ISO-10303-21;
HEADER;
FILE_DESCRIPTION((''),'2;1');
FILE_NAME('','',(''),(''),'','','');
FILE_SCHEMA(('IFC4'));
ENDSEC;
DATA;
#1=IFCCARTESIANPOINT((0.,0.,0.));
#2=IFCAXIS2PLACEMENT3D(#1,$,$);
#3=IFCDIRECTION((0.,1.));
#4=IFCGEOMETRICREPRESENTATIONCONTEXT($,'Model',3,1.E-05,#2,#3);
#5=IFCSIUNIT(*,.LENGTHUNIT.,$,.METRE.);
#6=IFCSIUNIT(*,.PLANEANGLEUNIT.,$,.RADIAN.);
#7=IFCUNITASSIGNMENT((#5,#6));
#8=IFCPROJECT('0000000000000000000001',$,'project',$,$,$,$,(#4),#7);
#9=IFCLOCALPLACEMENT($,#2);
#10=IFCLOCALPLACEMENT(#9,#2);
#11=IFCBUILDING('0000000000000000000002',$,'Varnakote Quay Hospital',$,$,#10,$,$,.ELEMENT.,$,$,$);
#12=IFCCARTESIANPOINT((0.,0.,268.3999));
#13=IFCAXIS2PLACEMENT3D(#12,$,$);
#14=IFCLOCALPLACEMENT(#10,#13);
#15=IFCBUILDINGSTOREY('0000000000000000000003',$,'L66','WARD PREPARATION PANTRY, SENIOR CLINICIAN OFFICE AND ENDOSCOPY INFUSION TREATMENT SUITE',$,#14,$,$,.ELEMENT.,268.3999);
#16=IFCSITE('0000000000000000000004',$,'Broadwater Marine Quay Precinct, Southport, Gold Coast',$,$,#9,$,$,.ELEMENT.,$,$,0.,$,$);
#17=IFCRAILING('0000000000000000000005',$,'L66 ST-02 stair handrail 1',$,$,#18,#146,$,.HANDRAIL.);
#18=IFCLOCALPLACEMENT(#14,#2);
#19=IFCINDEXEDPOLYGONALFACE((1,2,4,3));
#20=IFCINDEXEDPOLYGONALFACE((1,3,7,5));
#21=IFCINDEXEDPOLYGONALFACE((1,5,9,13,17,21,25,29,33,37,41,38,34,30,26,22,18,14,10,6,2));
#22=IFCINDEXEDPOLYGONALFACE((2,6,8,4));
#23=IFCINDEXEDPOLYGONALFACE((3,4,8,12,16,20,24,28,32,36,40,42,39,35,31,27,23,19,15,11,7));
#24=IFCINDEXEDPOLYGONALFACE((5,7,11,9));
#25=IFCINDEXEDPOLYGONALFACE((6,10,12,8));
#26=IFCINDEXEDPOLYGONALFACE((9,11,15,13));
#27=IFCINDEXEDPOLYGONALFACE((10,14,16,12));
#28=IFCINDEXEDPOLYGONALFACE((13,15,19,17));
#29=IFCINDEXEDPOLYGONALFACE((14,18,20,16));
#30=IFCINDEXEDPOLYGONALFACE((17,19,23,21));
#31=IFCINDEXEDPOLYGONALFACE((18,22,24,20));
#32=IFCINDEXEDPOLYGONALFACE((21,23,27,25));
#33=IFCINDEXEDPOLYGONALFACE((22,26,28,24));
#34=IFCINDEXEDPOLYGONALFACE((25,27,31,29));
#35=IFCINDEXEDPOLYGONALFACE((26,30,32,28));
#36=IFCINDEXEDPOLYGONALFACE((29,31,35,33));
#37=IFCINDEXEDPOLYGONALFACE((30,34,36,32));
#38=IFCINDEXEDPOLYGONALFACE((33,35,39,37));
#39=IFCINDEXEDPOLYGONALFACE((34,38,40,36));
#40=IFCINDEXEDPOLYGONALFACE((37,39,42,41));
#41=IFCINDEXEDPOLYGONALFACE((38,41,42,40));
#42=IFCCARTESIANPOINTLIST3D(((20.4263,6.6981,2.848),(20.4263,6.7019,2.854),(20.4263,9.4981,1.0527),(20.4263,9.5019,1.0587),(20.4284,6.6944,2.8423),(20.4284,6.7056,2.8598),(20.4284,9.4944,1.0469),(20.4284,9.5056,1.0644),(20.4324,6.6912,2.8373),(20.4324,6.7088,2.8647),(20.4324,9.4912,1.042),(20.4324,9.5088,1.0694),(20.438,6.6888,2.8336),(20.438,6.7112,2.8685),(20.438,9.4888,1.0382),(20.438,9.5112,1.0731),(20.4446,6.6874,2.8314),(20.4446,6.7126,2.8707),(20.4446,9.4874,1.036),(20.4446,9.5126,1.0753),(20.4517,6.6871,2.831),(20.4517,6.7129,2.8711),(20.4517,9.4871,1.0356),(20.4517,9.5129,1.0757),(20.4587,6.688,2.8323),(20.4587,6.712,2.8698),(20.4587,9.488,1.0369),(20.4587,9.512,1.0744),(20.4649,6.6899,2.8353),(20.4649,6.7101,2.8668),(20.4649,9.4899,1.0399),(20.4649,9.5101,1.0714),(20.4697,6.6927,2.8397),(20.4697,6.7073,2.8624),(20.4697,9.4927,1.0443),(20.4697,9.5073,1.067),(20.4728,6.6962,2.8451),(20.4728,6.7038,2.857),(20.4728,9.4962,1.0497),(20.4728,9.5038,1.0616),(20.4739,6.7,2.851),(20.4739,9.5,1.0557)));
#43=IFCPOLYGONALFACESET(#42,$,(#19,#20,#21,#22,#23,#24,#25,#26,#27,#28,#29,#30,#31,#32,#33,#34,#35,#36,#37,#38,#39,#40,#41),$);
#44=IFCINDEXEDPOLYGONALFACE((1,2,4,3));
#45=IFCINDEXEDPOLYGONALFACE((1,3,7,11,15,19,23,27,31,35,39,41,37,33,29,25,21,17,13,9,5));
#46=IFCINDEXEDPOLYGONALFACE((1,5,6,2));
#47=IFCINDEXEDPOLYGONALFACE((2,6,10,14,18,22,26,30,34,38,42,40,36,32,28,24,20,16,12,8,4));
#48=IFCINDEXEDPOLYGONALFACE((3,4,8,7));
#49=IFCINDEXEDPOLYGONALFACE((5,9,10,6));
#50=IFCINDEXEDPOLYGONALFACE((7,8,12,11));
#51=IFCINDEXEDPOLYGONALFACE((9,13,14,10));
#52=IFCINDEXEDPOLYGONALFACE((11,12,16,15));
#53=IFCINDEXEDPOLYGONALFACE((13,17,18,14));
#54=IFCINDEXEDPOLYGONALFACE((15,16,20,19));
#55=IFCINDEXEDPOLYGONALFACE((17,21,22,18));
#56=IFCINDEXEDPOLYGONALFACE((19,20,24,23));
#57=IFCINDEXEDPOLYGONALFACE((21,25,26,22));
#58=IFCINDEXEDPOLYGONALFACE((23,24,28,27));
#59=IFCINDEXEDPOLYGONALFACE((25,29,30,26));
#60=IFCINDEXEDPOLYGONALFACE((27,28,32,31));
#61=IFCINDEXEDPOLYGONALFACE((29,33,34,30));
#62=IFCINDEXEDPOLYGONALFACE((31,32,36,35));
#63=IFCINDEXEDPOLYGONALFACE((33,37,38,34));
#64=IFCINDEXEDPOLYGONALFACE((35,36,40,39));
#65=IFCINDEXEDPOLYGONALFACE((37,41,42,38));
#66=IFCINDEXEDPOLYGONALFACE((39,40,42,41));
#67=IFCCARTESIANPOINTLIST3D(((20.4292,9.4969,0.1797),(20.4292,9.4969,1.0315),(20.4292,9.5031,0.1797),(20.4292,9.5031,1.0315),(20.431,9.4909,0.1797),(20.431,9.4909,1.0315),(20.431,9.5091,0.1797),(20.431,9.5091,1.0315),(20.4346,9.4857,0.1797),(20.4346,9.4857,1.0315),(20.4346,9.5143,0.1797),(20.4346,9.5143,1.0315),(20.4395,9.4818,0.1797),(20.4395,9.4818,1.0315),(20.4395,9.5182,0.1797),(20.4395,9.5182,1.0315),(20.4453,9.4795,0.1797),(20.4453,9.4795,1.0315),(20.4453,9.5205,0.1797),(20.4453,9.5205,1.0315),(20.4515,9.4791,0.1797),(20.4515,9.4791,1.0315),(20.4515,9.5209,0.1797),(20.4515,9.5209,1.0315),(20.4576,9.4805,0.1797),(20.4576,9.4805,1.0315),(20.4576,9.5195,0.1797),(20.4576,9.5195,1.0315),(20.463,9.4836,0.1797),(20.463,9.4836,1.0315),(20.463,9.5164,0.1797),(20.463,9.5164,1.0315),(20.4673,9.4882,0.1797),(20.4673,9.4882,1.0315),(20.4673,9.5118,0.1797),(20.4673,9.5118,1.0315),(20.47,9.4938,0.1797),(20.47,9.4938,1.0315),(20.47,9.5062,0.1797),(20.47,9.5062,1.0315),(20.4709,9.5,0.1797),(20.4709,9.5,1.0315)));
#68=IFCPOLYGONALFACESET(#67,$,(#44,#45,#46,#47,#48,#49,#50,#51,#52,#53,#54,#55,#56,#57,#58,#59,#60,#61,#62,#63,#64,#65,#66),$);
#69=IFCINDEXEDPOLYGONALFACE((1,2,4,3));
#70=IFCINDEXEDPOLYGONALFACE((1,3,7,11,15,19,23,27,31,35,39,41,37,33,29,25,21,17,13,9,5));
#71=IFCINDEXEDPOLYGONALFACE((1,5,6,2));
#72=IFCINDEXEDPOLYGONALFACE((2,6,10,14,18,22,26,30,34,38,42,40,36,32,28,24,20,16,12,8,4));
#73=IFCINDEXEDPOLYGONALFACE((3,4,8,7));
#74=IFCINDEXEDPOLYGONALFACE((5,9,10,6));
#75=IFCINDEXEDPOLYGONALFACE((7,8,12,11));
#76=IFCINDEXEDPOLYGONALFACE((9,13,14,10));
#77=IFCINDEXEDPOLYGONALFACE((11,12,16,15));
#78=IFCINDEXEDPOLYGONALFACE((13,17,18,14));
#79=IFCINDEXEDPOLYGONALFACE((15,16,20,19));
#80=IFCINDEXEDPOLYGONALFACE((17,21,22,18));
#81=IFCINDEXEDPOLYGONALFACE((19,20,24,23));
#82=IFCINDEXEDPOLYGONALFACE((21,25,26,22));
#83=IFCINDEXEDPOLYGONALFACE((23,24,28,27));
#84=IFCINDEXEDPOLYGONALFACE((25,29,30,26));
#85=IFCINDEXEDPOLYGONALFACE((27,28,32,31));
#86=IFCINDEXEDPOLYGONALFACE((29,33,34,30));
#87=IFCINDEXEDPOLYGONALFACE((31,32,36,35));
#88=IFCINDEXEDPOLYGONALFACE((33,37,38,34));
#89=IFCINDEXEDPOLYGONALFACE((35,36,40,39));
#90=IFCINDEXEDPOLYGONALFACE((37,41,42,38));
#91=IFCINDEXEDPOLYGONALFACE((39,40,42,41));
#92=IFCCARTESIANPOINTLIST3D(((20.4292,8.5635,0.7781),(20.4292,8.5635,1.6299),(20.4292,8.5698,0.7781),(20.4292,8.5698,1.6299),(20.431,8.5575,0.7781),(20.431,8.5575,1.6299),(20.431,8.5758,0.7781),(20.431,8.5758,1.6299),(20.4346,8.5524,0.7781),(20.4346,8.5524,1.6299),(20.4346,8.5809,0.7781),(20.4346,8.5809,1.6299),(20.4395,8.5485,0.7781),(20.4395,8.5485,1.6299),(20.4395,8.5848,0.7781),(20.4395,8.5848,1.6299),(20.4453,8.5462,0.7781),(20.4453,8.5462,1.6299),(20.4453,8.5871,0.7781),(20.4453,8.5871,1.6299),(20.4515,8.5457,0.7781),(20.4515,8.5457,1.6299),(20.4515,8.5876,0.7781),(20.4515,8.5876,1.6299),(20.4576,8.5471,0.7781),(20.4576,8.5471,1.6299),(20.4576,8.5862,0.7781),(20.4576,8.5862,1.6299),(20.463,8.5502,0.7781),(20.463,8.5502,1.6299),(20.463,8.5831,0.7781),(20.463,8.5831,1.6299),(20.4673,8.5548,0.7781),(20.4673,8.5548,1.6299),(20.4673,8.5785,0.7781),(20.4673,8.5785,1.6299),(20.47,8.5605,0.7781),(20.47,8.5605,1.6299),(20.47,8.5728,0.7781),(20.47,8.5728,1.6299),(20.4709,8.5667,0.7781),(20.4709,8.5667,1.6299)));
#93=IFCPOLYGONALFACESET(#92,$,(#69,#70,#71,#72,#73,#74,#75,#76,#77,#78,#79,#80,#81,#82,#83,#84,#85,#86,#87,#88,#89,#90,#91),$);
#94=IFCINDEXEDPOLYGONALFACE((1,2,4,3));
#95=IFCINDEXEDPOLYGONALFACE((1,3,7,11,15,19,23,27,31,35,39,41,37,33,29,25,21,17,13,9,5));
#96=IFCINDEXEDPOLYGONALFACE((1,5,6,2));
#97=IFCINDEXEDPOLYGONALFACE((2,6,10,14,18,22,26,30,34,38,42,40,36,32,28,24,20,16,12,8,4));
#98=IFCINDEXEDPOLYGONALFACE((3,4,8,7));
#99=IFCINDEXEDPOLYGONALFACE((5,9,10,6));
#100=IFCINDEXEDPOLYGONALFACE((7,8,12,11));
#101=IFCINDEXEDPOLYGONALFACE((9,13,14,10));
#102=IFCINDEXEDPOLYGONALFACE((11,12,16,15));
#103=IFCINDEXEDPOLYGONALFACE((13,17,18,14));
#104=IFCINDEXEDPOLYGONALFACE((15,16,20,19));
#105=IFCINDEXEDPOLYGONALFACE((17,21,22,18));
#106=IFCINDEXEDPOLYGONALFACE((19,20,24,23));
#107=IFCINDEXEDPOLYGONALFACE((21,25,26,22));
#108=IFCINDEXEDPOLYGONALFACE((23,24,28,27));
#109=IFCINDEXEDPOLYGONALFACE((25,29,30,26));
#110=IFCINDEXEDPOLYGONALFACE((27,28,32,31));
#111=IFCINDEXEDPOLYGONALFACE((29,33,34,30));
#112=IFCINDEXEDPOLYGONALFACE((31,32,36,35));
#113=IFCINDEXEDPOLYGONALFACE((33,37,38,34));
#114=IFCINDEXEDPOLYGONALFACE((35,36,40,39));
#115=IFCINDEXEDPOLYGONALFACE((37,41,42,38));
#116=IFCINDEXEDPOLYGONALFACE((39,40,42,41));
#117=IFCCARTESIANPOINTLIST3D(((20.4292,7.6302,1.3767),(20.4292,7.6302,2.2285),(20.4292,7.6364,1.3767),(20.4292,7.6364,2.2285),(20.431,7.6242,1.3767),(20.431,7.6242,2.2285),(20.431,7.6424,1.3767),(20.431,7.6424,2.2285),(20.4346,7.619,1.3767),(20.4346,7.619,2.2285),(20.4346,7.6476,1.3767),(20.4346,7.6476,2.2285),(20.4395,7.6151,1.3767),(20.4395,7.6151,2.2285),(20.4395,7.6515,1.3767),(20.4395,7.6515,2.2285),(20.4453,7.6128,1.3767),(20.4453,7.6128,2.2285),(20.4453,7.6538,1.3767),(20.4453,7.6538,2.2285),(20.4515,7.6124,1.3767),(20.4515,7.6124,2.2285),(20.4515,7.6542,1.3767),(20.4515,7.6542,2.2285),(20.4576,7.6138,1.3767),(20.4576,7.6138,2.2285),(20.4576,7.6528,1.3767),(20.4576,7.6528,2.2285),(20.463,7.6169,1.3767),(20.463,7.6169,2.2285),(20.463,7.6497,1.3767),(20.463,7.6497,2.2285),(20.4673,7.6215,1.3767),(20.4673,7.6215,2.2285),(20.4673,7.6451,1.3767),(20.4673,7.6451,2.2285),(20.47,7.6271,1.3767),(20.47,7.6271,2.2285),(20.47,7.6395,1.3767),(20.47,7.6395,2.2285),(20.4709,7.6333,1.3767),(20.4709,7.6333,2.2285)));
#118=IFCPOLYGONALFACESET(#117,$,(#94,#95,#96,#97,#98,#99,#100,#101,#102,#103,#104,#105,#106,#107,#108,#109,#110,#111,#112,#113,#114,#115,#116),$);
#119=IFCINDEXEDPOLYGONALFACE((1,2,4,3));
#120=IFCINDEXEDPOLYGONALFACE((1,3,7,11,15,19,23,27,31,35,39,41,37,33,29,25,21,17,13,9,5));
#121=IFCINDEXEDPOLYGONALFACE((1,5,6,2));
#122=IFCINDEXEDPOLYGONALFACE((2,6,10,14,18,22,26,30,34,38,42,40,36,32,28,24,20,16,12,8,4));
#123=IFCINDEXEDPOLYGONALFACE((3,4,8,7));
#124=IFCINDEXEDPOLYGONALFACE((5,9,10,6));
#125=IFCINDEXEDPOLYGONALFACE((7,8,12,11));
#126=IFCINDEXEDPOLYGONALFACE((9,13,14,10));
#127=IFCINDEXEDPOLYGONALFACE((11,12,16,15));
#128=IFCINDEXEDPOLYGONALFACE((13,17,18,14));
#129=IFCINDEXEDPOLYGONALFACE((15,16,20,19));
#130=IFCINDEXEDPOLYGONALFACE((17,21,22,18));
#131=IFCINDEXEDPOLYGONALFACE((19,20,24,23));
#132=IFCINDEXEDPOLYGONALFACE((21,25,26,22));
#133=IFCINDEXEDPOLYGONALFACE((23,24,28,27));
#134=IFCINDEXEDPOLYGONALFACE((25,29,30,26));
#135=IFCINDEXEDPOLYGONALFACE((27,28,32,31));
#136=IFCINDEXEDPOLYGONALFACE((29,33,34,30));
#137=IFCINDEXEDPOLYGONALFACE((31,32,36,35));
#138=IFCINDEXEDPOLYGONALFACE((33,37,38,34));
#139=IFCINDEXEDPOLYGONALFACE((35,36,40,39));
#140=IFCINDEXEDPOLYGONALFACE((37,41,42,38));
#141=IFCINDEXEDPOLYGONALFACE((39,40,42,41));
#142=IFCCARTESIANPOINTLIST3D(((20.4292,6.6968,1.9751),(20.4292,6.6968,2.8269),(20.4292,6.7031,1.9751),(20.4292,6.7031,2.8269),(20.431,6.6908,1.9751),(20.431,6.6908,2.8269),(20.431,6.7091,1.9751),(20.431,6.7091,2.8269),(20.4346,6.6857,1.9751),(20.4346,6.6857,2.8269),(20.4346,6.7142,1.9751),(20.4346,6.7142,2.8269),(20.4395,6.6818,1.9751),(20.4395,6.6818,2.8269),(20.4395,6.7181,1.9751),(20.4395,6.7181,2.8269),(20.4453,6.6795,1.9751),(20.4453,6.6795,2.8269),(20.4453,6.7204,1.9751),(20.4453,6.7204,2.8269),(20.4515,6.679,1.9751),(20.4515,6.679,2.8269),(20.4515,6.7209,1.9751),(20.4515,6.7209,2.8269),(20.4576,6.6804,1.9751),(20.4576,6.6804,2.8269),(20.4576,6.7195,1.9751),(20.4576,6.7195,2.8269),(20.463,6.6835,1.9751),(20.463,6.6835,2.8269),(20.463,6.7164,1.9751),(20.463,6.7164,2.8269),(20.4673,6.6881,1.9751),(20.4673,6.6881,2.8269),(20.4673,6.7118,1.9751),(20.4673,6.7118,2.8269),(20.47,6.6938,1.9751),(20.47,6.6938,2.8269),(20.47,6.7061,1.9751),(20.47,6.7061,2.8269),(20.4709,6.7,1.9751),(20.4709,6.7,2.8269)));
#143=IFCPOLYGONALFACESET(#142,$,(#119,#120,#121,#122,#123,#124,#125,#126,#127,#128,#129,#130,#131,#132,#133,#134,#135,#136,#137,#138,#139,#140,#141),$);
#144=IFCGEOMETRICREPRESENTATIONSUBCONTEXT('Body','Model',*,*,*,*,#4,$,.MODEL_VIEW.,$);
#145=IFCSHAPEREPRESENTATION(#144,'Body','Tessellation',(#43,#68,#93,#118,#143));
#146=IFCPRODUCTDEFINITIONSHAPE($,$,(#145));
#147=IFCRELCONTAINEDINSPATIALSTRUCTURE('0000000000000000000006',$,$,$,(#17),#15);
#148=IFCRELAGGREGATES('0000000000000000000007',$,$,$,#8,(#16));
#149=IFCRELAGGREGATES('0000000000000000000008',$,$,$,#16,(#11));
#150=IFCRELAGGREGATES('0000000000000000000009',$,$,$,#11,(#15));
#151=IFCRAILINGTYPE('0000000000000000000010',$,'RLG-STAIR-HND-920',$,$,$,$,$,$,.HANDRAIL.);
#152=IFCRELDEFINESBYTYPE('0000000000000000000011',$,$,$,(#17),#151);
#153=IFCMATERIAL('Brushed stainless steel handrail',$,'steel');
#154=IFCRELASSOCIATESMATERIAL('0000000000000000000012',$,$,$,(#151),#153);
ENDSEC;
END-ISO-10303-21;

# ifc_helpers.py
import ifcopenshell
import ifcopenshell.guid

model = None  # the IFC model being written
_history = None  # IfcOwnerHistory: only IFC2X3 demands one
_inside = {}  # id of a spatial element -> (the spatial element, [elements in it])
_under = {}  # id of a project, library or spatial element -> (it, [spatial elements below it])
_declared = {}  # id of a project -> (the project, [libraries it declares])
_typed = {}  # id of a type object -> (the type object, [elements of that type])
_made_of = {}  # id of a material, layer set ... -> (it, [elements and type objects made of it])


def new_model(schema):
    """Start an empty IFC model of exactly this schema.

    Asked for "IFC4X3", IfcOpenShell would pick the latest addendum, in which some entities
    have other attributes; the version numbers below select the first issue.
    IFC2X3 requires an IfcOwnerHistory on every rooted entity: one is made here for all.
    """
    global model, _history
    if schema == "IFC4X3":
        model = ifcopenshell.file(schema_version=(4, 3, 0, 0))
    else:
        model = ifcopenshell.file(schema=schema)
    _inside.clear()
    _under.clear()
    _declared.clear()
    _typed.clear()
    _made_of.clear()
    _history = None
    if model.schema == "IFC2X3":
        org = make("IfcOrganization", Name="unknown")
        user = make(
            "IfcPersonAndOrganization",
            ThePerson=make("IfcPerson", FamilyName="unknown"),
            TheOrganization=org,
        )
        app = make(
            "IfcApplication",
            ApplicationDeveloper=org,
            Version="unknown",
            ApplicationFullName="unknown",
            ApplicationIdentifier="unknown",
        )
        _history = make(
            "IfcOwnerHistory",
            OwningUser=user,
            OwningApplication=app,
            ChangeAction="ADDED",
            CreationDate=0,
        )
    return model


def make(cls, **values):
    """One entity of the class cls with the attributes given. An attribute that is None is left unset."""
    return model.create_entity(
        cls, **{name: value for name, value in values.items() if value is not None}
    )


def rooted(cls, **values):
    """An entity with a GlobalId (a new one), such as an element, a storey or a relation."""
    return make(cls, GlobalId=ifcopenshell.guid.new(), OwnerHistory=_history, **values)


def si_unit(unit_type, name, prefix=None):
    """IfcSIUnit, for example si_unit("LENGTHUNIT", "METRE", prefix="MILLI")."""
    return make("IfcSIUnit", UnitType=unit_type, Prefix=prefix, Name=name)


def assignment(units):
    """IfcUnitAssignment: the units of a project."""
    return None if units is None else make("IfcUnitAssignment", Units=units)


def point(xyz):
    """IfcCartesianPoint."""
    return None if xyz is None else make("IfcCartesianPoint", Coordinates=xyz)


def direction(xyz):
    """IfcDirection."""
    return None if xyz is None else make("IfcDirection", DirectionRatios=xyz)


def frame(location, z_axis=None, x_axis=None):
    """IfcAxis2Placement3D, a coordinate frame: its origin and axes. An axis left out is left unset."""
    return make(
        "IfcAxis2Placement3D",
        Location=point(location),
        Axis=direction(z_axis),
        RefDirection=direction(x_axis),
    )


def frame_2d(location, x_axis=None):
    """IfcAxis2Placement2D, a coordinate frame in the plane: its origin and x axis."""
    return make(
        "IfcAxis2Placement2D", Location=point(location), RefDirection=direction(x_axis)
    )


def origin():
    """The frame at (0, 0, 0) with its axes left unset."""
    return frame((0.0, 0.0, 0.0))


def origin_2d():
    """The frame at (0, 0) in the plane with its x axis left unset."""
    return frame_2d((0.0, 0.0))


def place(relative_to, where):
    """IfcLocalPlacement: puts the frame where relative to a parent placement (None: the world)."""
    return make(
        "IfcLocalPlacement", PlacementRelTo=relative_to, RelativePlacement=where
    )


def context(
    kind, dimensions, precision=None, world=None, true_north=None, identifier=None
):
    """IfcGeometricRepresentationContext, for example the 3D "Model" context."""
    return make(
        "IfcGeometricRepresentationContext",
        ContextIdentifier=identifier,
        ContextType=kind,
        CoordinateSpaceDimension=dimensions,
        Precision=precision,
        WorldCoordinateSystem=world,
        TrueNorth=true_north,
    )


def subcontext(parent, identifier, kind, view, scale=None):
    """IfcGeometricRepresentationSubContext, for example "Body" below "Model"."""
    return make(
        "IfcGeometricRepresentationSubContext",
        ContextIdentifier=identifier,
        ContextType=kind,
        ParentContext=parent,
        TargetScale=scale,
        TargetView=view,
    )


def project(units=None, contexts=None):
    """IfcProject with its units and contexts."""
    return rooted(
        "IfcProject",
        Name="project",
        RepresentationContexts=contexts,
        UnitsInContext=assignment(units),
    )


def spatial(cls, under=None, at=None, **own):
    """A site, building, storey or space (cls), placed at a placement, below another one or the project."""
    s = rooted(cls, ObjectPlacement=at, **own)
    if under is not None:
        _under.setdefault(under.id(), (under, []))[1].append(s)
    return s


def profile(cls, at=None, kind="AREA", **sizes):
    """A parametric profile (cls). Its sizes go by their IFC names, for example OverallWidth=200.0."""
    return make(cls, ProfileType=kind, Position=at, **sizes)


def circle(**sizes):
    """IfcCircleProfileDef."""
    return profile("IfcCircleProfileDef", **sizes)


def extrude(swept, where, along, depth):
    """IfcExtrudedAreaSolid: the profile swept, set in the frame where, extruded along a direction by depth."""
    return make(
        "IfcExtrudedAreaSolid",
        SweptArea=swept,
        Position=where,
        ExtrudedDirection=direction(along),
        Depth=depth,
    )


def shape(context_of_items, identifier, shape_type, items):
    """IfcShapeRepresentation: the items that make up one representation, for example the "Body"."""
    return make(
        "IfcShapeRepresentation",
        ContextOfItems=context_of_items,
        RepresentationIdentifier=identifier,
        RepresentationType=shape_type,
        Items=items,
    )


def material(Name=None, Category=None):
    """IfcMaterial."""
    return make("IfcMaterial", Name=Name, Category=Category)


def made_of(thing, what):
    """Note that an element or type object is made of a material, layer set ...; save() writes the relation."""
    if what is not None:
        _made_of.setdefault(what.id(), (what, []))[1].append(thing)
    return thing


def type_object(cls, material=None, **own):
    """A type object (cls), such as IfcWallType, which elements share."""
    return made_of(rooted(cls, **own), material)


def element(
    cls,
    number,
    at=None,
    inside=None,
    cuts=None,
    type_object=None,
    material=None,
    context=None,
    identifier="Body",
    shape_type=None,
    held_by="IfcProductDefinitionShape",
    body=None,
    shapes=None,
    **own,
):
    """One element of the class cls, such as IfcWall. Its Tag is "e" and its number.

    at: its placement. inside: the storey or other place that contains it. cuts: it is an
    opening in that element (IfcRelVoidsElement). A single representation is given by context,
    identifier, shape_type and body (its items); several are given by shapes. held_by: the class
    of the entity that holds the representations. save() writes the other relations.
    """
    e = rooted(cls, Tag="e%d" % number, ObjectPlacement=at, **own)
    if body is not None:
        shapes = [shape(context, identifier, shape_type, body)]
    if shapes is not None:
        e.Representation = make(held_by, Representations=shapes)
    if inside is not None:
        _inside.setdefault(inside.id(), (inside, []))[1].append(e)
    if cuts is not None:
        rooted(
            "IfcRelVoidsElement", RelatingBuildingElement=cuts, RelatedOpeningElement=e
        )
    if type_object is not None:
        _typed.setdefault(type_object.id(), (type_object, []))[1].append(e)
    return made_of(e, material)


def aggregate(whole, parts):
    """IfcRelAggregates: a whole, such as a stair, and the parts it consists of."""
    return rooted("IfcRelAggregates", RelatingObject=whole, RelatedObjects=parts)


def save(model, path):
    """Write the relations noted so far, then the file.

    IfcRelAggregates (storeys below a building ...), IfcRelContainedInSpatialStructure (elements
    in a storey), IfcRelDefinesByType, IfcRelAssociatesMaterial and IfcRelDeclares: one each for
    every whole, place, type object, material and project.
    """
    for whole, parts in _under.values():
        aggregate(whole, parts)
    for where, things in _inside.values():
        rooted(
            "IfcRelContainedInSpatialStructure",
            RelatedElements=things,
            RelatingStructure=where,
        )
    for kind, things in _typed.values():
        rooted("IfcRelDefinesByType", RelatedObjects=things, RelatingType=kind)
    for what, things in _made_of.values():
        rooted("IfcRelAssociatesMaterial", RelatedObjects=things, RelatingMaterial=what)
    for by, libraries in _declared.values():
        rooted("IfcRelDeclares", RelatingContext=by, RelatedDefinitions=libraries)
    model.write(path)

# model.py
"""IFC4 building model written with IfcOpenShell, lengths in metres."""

from ifc_helpers import new_model, si_unit, direction, frame, origin, origin_2d, place, context, subcontext, project, spatial, circle, extrude, material, type_object, element, save


model = new_model("IFC4")

# Units and contexts
model_context = context("Model", 3, precision=1e-05, world=origin(), true_north=direction((0.0, 1.0)))
body_context = subcontext(model_context, "Body", "Model", "MODEL_VIEW")
ifc_project = project(units=[si_unit("LENGTHUNIT", "METRE"), si_unit("PLANEANGLEUNIT", "RADIAN")], contexts=[model_context])

# Site, building, storey
site_placement = place(None, origin())
site = spatial("IfcSite", under=ifc_project, at=site_placement, Name="Broadwater Marine Quay Precinct, Southport, Gold Coast", CompositionType="ELEMENT", RefElevation=0.0)
building_placement = place(site_placement, origin())
building = spatial("IfcBuilding", under=site, at=building_placement, Name="Varnakote Quay Hospital", CompositionType="ELEMENT")
storey_placement = place(building_placement, frame((0.0, 0.0, 268.3999)))
storey = spatial("IfcBuildingStorey", under=building, at=storey_placement, Name="L66", Description="WARD PREPARATION PANTRY, SENIOR CLINICIAN OFFICE AND ENDOSCOPY INFUSION TREATMENT SUITE", CompositionType="ELEMENT", Elevation=268.3999)

# Railing
ifc_material_1 = material(Name="Brushed stainless steel handrail", Category="steel")
railing_type_1 = type_object("IfcRailingType", Name="RLG-STAIR-HND-920", PredefinedType="HANDRAIL", material=ifc_material_1)
railing_1_placement = place(storey_placement, frame((20.45, 9.5, 0.1797)))
element("IfcRailing", 1, at=railing_1_placement, inside=storey, type_object=railing_type_1, Name="L66 ST-02 stair handrail 1", PredefinedType="HANDRAIL", context=body_context, shape_type="SweptSolid", body=[
    extrude(circle(Radius=0.0239, at=origin_2d()), frame((0.0, 0.0, 0.876), z_axis=(0.0, -0.84181, 0.539774), x_axis=(1.0, 0.0, 0.0)), (0.0, 0.0, 1.0), 3.3262),
    extrude(circle(Radius=0.021, at=origin_2d()), origin(), (0.0, 0.0, 1.0), 0.8518),
    extrude(circle(Radius=0.021, at=origin_2d()), frame((0.0, -0.9333, 0.5984)), (0.0, 0.0, 1.0), 0.8518),
    extrude(circle(Radius=0.021, at=origin_2d()), frame((0.0, -1.8667, 1.197)), (0.0, 0.0, 1.0), 0.8518),
    extrude(circle(Radius=0.021, at=origin_2d()), frame((0.0, -2.8, 1.7954)), (0.0, 0.0, 1.0), 0.8518),
])

save(model, "model.ifc")
